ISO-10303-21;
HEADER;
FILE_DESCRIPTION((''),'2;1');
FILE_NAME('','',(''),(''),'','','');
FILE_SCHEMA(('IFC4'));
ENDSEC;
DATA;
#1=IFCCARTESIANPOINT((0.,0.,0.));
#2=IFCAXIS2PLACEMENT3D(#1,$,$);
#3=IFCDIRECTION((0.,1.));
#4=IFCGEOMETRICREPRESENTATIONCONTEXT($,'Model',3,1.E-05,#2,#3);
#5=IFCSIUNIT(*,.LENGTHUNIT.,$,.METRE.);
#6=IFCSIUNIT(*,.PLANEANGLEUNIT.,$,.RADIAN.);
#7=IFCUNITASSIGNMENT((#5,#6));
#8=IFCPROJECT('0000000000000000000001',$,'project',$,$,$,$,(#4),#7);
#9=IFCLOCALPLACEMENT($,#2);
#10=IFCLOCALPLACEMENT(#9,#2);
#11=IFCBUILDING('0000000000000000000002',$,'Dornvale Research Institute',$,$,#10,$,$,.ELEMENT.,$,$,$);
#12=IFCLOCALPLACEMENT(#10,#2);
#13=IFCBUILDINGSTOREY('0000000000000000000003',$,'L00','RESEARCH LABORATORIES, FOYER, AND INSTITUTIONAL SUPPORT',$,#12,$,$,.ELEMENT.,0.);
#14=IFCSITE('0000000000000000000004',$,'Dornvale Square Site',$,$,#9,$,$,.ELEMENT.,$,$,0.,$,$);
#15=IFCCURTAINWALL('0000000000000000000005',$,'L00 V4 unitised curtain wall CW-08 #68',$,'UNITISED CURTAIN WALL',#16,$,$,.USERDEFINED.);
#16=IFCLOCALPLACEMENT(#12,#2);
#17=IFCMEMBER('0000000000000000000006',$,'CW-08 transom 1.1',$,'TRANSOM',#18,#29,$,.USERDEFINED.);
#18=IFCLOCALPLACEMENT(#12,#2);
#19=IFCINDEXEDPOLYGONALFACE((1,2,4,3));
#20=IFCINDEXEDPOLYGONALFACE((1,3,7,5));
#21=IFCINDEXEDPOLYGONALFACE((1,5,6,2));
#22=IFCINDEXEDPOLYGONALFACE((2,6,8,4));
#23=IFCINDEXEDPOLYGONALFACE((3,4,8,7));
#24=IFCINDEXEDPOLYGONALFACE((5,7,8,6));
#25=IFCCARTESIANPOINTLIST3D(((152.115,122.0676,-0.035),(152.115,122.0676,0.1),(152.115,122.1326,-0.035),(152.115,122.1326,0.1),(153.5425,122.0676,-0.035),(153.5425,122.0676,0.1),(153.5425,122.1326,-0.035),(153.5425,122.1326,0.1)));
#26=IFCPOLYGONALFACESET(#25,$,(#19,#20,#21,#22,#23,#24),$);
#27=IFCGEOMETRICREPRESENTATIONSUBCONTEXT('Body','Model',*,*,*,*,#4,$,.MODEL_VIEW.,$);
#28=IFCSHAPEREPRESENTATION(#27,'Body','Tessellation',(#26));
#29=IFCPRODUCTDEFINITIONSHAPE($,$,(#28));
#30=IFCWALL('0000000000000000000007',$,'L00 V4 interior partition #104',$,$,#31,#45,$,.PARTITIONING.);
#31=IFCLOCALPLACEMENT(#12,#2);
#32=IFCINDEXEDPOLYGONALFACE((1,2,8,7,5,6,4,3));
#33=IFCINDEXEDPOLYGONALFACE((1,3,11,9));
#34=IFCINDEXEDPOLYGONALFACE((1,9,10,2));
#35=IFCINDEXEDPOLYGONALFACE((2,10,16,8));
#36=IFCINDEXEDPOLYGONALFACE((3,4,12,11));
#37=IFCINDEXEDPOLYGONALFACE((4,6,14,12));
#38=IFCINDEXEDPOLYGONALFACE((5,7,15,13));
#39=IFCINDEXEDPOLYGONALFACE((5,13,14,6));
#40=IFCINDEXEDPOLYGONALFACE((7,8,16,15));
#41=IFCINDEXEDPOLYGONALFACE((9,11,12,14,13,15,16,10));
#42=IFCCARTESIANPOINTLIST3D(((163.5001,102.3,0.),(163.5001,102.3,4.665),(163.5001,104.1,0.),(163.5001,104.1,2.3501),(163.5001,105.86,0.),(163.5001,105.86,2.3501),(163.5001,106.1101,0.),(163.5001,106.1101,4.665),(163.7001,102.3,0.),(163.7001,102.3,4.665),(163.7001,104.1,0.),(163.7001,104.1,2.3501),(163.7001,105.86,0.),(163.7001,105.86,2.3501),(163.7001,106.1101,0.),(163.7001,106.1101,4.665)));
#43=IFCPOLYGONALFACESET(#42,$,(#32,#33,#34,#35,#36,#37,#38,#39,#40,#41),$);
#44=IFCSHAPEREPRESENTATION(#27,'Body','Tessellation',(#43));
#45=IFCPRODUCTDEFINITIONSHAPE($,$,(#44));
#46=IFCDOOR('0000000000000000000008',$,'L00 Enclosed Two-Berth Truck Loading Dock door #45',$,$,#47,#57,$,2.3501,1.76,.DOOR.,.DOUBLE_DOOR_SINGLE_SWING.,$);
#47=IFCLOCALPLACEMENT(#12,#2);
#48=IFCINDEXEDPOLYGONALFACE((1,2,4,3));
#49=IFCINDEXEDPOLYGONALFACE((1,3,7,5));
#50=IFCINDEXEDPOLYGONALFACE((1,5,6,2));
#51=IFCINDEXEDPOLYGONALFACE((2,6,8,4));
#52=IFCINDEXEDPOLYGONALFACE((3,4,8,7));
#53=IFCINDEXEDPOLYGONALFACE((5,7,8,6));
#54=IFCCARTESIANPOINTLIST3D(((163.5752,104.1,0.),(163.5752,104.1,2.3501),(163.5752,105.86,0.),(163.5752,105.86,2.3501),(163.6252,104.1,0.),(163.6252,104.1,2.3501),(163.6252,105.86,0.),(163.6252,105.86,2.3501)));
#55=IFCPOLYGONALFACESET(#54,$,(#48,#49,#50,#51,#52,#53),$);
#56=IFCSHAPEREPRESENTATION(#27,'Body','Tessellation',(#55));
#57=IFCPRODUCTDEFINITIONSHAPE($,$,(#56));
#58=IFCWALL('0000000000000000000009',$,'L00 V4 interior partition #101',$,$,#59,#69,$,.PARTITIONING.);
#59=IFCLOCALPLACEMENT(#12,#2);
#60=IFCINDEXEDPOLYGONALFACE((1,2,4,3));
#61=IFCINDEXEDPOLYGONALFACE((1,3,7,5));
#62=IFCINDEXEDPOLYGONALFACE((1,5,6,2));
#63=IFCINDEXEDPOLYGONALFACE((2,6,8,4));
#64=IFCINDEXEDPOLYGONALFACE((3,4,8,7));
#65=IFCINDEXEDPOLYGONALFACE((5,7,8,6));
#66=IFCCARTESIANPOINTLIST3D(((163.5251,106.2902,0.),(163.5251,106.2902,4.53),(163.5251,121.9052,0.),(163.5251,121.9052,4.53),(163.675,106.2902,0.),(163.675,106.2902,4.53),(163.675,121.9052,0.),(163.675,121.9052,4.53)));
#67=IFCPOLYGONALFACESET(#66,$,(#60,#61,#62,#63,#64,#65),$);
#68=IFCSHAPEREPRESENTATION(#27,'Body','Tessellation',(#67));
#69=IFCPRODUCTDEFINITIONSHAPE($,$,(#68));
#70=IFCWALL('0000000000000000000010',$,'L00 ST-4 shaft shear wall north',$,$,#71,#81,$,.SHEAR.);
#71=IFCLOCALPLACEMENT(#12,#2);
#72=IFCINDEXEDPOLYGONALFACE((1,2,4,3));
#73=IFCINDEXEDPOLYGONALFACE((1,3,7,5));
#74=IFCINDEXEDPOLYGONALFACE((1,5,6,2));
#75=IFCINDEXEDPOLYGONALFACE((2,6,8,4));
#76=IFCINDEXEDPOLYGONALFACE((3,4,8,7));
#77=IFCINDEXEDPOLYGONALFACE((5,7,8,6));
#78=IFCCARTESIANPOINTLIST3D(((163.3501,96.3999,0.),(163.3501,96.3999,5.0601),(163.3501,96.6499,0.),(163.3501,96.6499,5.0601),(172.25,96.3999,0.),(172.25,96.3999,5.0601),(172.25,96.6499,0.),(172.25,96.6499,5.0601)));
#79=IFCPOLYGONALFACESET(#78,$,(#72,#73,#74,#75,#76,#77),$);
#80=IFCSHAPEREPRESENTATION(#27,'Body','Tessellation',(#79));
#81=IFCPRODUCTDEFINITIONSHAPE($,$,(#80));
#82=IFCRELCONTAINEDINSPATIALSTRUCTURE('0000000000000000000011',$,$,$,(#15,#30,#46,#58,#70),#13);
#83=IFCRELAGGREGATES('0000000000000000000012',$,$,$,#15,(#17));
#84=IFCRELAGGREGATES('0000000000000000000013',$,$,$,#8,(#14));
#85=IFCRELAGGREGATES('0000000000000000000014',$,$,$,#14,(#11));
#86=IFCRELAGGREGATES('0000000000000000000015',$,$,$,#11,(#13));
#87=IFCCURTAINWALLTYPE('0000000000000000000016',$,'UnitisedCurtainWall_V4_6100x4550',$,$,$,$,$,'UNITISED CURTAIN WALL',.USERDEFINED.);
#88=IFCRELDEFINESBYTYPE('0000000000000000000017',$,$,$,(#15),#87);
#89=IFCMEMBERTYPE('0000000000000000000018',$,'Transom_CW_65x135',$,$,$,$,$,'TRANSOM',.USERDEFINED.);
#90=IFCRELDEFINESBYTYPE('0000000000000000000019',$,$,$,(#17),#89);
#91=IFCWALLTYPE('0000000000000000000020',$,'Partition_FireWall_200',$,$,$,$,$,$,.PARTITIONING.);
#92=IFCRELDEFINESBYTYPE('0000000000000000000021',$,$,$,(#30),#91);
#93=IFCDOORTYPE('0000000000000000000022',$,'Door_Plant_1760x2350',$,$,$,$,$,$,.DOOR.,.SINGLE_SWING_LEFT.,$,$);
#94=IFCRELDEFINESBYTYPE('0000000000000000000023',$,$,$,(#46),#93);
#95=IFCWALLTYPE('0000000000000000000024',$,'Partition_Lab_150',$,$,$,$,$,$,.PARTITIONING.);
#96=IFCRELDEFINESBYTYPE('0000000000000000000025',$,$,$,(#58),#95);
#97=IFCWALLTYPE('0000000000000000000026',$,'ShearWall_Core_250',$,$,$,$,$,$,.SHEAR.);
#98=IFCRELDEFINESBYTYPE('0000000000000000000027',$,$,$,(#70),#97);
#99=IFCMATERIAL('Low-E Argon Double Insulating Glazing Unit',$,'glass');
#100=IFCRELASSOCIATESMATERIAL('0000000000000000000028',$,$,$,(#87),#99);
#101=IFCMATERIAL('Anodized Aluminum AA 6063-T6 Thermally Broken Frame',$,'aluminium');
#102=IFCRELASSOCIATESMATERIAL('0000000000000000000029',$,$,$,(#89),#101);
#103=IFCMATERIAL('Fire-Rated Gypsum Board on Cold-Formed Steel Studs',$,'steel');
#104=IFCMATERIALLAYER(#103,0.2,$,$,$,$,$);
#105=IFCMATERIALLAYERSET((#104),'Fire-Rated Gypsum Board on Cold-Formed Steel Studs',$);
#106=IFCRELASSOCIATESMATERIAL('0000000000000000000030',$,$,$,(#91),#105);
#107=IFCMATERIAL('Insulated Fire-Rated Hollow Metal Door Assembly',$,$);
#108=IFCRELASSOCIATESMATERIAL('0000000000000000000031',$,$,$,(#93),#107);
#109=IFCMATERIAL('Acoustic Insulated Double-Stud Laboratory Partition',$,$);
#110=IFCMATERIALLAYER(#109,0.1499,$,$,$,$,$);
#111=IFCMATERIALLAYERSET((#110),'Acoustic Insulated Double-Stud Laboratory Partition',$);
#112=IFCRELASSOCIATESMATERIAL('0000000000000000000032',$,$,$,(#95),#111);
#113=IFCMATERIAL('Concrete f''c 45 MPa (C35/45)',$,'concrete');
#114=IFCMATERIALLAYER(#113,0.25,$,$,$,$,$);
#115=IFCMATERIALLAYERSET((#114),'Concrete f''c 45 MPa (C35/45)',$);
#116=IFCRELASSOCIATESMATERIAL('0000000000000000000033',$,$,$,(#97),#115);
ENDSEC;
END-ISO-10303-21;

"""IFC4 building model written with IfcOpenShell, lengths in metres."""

from ifc_helpers import new_model, si_unit, direction, frame, frame_2d, origin, origin_2d, place, context, subcontext, project, spatial, rectangle, extrude, material, layer, layer_set, material_profile, profile_set, type_object, element, fill, aggregate, save


model = new_model("IFC4")

# Units and contexts
model_context = context("Model", 3, precision=1e-05, world=origin(), true_north=direction((0.0, 1.0)))
body_context = subcontext(model_context, "Body", "Model", "MODEL_VIEW")
ifc_project = project(units=[si_unit("LENGTHUNIT", "METRE"), si_unit("PLANEANGLEUNIT", "RADIAN")], contexts=[model_context])

# Site, building, storey
site_placement = place(None, origin())
site = spatial("IfcSite", under=ifc_project, at=site_placement, Name="Dornvale Square Site", CompositionType="ELEMENT", RefElevation=0.0)
building_placement = place(site_placement, origin())
building = spatial("IfcBuilding", under=site, at=building_placement, Name="Dornvale Research Institute", CompositionType="ELEMENT")
storey_placement = place(building_placement, origin())
storey = spatial("IfcBuildingStorey", under=building, at=storey_placement, Name="L00", Description="RESEARCH LABORATORIES, FOYER, AND INSTITUTIONAL SUPPORT", CompositionType="ELEMENT", Elevation=0.0)

# Curtain wall, member
ifc_material_1 = material(Name="Low-E Argon Double Insulating Glazing Unit", Category="glass")
curtain_wall_type = type_object("IfcCurtainWallType", Name="UnitisedCurtainWall_V4_6100x4550", ElementType="UNITISED CURTAIN WALL", PredefinedType="USERDEFINED", material=ifc_material_1)
curtain_wall_placement = place(storey_placement, origin())
curtain_wall = element("IfcCurtainWall", 1, at=curtain_wall_placement, inside=storey, type_object=curtain_wall_type, Name="L00 V4 unitised curtain wall CW-08 #68", ObjectType="UNITISED CURTAIN WALL", PredefinedType="USERDEFINED")
ifc_material_2 = material(Name="Anodized Aluminum AA 6063-T6 Thermally Broken Frame", Category="aluminium")
ifc_material_profile_1 = material_profile(ifc_material_2, rectangle(XDim=0.0649, YDim=0.135, at=origin_2d()), Name="ALU TRANSOM 65x135")
ifc_profile_set_1 = profile_set([ifc_material_profile_1], Name="Anodized Aluminum AA 6063-T6 Thermally Broken Frame")
member_type_1 = type_object("IfcMemberType", Name="Transom_CW_65x135", ElementType="TRANSOM", PredefinedType="USERDEFINED", material=ifc_profile_set_1)
member_1_placement = place(storey_placement, frame((152.115, 122.1001, 0.0325), z_axis=(1.0, 0.0, 0.0), x_axis=(0.0, 1.0, 0.0)))
member_1 = element("IfcMember", 2, at=member_1_placement, type_object=member_type_1, Name="CW-08 transom 1.1", ObjectType="TRANSOM", PredefinedType="USERDEFINED", context=body_context, shape_type="SweptSolid", body=[
    extrude(rectangle(XDim=0.0649, YDim=0.135, at=origin_2d()), origin(), (0.0, 0.0, 1.0), 1.4275),
])
aggregate(curtain_wall, [member_1])

# Wall, opening, door
ifc_material_3 = material(Name="Fire-Rated Gypsum Board on Cold-Formed Steel Studs", Category="steel")
ifc_layer_1 = layer(ifc_material_3, 0.2)
ifc_layer_set_1 = layer_set([ifc_layer_1], Name="Fire-Rated Gypsum Board on Cold-Formed Steel Studs")
wall_type_1 = type_object("IfcWallType", Name="Partition_FireWall_200", PredefinedType="PARTITIONING", material=ifc_layer_set_1)
wall_1_placement = place(storey_placement, frame((163.6001, 102.3, 0.0), z_axis=(0.0, 0.0, 1.0), x_axis=(0.0, 1.0, 0.0)))
wall_1 = element("IfcWall", 3, at=wall_1_placement, inside=storey, type_object=wall_type_1, Name="L00 V4 interior partition #104", PredefinedType="PARTITIONING", context=body_context, shape_type="SweptSolid", body=[
    extrude(rectangle(XDim=3.8101, YDim=0.2, at=frame_2d((1.905, 0.0))), origin(), (0.0, 0.0, 1.0), 4.665),
])
opening_placement = place(wall_1_placement, frame((1.8, 0.0, 0.0)))
opening = element("IfcOpeningElement", 4, at=opening_placement, cuts=wall_1, PredefinedType="OPENING", context=body_context, shape_type="SweptSolid", body=[
    extrude(rectangle(XDim=1.76, YDim=2.3501, at=frame_2d((0.8799, 1.175))), frame((0.0, 0.115, 0.0), z_axis=(0.0, -1.0, 0.0), x_axis=(1.0, 0.0, 0.0)), (0.0, 0.0, 1.0), 0.23),
])
ifc_material_4 = material(Name="Insulated Fire-Rated Hollow Metal Door Assembly")
door_type = type_object("IfcDoorType", Name="Door_Plant_1760x2350", OperationType="SINGLE_SWING_LEFT", PredefinedType="DOOR", material=ifc_material_4)
door_placement = place(opening_placement, origin())
door = element("IfcDoor", 5, at=door_placement, inside=storey, type_object=door_type, Name="L00 Enclosed Two-Berth Truck Loading Dock door #45", OperationType="DOUBLE_DOOR_SINGLE_SWING", OverallHeight=2.3501, OverallWidth=1.76, PredefinedType="DOOR", context=body_context, shape_type="SweptSolid", body=[
    extrude(rectangle(XDim=1.76, YDim=2.3501, at=frame_2d((0.8799, 1.175))), frame((0.0, 0.0249, 0.0), z_axis=(0.0, -1.0, 0.0), x_axis=(1.0, 0.0, 0.0)), (0.0, 0.0, 1.0), 0.05),
])
fill(opening, door)

# Walls
ifc_material_5 = material(Name="Acoustic Insulated Double-Stud Laboratory Partition")
ifc_layer_2 = layer(ifc_material_5, 0.1499)
ifc_layer_set_2 = layer_set([ifc_layer_2], Name="Acoustic Insulated Double-Stud Laboratory Partition")
wall_type_2 = type_object("IfcWallType", Name="Partition_Lab_150", PredefinedType="PARTITIONING", material=ifc_layer_set_2)
wall_2_placement = place(storey_placement, frame((163.6001, 106.29, 0.0), z_axis=(0.0, 0.0, 1.0), x_axis=(0.0, 1.0, 0.0)))
element("IfcWall", 6, at=wall_2_placement, inside=storey, type_object=wall_type_2, Name="L00 V4 interior partition #101", PredefinedType="PARTITIONING", context=body_context, shape_type="SweptSolid", body=[
    extrude(rectangle(XDim=15.615, YDim=0.1499, at=frame_2d((7.8076, 0.0))), origin(), (0.0, 0.0, 1.0), 4.53),
])
ifc_material_6 = material(Name="Concrete f'c 45 MPa (C35/45)", Category="concrete")
ifc_layer_3 = layer(ifc_material_6, 0.25)
ifc_layer_set_3 = layer_set([ifc_layer_3], Name="Concrete f'c 45 MPa (C35/45)")
wall_type_3 = type_object("IfcWallType", Name="ShearWall_Core_250", PredefinedType="SHEAR", material=ifc_layer_set_3)
wall_3_placement = place(storey_placement, frame((163.3501, 96.5249, 0.0), z_axis=(0.0, 0.0, 1.0), x_axis=(1.0, 0.0, 0.0)))
element("IfcWall", 7, at=wall_3_placement, inside=storey, type_object=wall_type_3, Name="L00 ST-4 shaft shear wall north", PredefinedType="SHEAR", context=body_context, shape_type="SweptSolid", body=[
    extrude(rectangle(XDim=8.8999, YDim=0.25, at=frame_2d((4.45, 0.0))), origin(), (0.0, 0.0, 1.0), 5.0601),
])

save(model, "model.ifc")
